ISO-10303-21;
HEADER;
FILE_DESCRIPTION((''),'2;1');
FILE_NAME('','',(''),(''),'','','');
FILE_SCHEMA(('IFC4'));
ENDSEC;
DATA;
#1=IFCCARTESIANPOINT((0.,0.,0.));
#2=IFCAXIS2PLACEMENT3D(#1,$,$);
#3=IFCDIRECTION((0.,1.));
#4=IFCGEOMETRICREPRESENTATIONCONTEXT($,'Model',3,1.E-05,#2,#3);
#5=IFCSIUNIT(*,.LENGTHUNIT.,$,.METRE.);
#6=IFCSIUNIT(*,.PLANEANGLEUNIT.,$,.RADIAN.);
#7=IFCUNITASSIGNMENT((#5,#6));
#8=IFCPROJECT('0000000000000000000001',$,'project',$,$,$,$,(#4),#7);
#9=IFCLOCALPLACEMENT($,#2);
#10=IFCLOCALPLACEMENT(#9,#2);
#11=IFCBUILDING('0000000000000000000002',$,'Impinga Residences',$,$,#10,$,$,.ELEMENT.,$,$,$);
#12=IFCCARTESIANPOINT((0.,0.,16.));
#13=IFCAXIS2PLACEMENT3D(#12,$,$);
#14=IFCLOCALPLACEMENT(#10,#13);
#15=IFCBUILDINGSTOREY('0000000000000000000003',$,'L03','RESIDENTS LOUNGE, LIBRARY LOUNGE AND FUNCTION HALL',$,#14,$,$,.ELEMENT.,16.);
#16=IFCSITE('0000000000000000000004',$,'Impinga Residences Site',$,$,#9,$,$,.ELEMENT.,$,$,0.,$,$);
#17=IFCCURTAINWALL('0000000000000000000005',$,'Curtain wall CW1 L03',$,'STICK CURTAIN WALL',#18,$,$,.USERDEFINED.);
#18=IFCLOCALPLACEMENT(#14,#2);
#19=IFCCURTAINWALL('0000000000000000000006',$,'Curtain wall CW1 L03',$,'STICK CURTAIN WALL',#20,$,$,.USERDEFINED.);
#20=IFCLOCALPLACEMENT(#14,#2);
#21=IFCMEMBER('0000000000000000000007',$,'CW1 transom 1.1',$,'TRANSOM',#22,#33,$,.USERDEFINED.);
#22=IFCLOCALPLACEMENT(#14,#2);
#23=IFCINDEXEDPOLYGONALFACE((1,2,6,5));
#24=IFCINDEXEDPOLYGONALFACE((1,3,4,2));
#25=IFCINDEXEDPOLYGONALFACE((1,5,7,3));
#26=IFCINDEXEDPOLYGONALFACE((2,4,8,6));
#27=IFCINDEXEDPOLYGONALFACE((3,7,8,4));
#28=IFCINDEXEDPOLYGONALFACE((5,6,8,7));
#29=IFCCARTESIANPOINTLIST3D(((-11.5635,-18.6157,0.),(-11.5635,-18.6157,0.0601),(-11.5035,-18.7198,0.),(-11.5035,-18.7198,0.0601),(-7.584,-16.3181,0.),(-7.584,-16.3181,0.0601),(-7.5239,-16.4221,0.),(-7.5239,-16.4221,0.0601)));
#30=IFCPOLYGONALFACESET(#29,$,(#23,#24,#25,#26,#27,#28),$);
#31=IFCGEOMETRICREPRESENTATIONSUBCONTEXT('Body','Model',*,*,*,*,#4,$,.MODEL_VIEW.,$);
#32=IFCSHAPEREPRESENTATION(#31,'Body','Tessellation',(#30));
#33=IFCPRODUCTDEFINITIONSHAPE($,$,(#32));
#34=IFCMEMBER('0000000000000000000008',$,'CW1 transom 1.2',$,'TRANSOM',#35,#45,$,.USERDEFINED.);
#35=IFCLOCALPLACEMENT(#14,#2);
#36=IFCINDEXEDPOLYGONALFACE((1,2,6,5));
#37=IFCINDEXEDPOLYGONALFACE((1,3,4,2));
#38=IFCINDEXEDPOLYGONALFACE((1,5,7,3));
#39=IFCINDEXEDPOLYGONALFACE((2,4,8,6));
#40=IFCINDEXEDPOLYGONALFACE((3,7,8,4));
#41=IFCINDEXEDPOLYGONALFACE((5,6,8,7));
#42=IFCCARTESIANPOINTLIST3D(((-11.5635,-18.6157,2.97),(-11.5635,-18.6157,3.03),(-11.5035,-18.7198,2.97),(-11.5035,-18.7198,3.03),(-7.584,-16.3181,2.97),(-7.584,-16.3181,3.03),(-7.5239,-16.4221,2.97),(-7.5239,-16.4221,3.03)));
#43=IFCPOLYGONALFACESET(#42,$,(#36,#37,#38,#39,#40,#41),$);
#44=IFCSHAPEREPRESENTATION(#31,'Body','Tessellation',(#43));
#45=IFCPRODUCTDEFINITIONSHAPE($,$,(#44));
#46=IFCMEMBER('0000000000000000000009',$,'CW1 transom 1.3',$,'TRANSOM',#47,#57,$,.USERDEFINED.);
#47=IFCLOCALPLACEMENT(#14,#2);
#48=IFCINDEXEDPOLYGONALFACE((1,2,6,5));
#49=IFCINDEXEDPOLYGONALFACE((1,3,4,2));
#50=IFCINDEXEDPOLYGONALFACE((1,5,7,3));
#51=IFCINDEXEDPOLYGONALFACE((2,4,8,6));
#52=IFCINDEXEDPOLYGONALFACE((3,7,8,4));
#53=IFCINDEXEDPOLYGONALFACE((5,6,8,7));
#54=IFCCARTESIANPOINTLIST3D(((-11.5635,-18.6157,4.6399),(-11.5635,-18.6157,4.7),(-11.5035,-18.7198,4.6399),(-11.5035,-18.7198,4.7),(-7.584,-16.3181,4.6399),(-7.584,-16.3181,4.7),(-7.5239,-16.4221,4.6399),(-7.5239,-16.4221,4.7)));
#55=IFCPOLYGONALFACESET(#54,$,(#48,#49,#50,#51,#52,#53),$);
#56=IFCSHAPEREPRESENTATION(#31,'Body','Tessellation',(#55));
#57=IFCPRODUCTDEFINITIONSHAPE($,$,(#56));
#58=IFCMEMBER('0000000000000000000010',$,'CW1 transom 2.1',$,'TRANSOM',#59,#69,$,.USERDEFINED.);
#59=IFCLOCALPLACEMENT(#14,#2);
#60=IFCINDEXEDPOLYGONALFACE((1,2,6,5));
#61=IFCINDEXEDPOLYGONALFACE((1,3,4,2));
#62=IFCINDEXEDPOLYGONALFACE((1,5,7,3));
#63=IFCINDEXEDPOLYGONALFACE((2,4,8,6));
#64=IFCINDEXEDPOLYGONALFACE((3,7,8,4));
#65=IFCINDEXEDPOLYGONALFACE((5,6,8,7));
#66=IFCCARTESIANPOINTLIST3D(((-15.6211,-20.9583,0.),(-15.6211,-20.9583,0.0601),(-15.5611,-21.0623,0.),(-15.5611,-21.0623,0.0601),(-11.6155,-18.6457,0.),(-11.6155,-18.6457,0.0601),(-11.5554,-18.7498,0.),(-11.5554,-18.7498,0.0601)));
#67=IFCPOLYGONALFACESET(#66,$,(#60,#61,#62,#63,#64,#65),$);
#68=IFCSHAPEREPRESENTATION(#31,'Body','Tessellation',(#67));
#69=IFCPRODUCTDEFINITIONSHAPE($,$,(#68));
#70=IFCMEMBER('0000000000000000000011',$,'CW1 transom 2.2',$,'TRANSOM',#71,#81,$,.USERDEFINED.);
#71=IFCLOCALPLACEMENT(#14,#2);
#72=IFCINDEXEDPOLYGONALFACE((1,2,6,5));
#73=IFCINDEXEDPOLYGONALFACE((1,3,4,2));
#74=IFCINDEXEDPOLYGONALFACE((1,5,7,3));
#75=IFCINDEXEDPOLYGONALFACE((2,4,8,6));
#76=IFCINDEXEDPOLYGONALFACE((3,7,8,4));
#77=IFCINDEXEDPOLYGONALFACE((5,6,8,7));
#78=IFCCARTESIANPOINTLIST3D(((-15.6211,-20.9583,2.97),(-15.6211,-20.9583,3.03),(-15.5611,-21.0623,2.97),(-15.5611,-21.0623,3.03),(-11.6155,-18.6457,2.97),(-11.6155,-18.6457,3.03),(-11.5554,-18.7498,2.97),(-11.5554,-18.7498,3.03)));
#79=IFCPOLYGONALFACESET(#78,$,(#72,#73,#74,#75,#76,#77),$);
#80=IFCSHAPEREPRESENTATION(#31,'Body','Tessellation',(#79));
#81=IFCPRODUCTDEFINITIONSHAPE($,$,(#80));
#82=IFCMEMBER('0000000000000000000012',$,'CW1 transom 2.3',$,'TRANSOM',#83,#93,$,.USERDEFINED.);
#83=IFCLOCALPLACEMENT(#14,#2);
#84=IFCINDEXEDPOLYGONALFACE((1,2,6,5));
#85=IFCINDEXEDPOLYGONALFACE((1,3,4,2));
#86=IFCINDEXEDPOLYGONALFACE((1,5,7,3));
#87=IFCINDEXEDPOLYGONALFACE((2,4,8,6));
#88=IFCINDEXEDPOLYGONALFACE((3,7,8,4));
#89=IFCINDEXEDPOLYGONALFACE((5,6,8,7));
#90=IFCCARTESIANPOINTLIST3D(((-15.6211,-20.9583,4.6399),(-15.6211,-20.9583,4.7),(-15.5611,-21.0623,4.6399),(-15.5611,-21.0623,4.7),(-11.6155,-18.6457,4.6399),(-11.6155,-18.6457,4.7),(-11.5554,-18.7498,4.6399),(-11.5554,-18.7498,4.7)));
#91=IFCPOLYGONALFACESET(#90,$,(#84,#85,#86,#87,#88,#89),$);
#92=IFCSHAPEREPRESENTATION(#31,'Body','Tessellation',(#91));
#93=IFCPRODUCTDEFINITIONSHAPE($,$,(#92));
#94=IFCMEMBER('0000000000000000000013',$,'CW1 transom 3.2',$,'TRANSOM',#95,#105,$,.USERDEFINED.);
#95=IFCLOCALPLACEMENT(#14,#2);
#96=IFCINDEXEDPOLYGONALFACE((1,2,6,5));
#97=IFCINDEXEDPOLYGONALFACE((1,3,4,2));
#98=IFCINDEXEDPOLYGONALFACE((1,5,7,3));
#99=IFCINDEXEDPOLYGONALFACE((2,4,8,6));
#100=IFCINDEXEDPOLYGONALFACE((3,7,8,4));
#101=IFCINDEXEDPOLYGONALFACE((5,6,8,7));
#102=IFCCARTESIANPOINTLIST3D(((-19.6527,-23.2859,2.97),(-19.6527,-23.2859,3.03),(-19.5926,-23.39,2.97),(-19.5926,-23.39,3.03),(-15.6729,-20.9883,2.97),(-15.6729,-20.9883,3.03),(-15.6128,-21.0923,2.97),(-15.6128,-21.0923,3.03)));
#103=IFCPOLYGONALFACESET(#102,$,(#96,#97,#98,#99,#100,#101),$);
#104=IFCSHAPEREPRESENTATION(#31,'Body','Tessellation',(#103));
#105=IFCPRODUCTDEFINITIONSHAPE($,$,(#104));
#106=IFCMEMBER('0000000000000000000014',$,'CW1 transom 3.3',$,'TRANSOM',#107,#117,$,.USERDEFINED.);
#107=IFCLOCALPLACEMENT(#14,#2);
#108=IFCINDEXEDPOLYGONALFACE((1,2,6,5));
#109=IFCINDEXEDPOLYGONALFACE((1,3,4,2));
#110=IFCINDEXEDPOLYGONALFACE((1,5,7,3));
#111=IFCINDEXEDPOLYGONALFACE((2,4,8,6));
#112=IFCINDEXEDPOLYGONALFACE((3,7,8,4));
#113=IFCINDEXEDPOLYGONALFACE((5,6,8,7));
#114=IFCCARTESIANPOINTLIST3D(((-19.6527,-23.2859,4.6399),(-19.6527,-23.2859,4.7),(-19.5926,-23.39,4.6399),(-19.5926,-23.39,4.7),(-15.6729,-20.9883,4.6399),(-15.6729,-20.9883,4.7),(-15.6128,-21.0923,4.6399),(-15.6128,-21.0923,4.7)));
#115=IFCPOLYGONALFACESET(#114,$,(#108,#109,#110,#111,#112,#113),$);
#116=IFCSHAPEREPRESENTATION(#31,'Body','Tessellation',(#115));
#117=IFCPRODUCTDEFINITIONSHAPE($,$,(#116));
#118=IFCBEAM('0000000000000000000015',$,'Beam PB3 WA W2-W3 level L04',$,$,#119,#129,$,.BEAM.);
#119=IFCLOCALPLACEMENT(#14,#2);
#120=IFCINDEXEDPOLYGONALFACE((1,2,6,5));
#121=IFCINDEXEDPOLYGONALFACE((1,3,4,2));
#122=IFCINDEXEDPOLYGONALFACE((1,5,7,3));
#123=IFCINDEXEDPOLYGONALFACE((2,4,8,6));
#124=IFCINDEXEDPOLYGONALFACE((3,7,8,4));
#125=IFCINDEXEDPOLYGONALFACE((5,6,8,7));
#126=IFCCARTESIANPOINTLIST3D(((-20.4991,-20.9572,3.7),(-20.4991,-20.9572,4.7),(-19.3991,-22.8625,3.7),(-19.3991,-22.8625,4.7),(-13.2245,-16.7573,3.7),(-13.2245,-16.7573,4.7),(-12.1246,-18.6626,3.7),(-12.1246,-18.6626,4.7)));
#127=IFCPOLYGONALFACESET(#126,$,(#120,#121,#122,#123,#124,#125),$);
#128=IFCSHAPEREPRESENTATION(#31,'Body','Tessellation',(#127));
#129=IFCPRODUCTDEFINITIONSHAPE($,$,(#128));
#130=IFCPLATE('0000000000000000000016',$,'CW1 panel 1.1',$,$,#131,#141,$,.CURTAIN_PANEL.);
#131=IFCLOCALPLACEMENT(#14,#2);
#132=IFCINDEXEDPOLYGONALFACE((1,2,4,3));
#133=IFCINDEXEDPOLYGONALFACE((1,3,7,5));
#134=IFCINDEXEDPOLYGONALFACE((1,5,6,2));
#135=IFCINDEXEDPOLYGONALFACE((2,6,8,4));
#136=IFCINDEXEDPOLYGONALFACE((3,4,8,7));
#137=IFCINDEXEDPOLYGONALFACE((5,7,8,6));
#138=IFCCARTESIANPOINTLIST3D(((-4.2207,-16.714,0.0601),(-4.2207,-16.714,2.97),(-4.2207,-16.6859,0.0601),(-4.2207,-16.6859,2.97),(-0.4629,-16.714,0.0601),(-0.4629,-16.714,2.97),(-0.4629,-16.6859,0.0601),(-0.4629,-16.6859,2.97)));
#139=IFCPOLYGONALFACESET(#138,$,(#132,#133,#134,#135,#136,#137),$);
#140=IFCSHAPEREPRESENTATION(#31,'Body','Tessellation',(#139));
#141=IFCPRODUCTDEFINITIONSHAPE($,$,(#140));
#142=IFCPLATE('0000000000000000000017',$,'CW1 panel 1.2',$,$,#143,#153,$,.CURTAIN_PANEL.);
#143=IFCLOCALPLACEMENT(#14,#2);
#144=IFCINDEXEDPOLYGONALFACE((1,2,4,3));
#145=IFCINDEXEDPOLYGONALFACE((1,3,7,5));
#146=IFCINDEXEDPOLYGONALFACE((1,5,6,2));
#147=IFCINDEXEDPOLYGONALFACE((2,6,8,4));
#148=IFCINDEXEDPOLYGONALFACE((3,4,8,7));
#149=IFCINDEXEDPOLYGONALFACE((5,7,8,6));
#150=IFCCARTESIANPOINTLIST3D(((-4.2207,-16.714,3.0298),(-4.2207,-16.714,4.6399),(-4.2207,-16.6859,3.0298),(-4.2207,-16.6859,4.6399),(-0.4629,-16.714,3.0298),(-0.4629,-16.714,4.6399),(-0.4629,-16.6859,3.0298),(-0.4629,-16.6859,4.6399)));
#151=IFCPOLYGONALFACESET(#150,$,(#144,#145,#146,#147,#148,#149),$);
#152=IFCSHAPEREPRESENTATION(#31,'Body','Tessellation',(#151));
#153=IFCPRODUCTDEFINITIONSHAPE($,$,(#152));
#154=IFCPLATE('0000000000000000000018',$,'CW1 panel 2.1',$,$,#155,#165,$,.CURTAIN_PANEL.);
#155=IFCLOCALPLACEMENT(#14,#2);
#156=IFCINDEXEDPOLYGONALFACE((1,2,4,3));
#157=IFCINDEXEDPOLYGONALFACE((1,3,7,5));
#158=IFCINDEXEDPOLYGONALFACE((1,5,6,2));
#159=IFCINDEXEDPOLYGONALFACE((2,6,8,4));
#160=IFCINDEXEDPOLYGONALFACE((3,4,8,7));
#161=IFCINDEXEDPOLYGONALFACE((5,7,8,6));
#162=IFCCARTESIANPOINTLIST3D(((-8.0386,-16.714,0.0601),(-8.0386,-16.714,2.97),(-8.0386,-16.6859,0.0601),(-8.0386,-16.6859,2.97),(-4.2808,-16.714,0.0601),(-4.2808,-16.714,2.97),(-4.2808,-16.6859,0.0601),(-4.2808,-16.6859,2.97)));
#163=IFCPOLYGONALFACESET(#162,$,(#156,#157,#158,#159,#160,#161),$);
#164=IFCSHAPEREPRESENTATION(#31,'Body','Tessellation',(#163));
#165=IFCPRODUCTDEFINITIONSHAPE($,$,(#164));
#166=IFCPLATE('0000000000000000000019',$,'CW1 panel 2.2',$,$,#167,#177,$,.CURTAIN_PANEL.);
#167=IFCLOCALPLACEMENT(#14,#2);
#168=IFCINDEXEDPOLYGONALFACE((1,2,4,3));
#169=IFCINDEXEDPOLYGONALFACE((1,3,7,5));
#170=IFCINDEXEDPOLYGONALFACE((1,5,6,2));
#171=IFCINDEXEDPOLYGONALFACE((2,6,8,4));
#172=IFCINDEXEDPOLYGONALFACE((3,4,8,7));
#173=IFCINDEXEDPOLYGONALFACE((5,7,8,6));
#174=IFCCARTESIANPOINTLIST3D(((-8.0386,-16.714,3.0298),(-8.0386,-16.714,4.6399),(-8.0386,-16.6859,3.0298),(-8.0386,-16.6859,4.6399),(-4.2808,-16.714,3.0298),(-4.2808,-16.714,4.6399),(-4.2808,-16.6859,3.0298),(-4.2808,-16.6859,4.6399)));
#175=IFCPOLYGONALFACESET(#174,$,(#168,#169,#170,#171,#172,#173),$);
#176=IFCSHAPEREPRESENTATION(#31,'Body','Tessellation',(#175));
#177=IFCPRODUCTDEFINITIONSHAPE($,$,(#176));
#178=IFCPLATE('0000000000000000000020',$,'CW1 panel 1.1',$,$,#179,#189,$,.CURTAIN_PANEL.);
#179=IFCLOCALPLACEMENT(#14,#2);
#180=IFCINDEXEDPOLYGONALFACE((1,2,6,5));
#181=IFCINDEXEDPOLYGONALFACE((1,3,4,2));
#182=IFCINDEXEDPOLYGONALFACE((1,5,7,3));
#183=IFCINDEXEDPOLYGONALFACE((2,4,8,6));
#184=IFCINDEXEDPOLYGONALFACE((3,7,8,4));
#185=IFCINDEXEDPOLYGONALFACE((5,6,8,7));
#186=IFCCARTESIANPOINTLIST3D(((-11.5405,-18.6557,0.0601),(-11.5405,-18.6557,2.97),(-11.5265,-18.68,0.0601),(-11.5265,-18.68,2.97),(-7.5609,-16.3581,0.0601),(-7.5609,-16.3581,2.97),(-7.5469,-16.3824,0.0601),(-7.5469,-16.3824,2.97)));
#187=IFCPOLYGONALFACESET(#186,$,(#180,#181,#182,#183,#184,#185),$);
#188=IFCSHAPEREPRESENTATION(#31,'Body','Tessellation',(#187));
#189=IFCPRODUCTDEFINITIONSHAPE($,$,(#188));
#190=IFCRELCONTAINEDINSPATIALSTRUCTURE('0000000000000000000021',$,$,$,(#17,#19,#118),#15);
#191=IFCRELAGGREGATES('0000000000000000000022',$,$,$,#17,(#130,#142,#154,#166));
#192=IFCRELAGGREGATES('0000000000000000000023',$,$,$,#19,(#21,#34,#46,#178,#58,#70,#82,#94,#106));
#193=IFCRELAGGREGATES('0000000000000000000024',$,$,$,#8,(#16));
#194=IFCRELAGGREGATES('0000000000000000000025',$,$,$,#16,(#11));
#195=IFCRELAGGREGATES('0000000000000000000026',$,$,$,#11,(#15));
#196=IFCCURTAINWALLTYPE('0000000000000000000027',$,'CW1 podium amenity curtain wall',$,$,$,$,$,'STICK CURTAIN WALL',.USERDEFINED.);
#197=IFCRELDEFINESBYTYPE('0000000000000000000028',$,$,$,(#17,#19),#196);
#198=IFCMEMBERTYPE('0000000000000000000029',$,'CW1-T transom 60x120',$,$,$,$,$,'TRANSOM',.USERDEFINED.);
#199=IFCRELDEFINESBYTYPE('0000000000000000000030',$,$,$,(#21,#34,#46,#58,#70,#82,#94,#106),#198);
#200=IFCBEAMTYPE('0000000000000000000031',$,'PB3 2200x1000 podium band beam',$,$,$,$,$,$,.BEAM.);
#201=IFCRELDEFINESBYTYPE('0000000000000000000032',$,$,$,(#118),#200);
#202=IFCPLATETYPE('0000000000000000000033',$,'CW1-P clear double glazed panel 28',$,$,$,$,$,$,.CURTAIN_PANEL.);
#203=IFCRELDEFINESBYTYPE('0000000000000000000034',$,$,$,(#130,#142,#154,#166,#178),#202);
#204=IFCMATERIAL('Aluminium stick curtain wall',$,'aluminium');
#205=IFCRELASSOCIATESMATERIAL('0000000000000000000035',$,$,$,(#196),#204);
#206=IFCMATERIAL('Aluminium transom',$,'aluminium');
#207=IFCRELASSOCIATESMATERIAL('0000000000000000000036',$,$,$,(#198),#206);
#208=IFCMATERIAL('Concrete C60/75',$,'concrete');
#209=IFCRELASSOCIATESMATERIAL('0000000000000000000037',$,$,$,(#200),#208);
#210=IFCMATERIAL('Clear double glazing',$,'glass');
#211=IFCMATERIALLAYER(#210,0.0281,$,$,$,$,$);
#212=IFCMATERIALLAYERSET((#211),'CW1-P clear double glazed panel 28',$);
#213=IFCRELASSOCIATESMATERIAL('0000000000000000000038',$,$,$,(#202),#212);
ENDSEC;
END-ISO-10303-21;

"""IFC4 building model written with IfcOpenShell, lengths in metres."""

from ifc_helpers import new_model, si_unit, direction, frame, origin, origin_2d, place, context, subcontext, project, spatial, rectangle, extrude, material, layer, layer_set, material_profile, profile_set, type_object, element, aggregate, save


model = new_model("IFC4")

# Units and contexts
model_context = context("Model", 3, precision=1e-05, world=origin(), true_north=direction((0.0, 1.0)))
body_context = subcontext(model_context, "Body", "Model", "MODEL_VIEW")
ifc_project = project(units=[si_unit("LENGTHUNIT", "METRE"), si_unit("PLANEANGLEUNIT", "RADIAN")], contexts=[model_context])

# Site, building, storey
site_placement = place(None, origin())
site = spatial("IfcSite", under=ifc_project, at=site_placement, Name="Impinga Residences Site", CompositionType="ELEMENT", RefElevation=0.0)
building_placement = place(site_placement, origin())
building = spatial("IfcBuilding", under=site, at=building_placement, Name="Impinga Residences", CompositionType="ELEMENT")
storey_placement = place(building_placement, frame((0.0, 0.0, 16.0)))
storey = spatial("IfcBuildingStorey", under=building, at=storey_placement, Name="L03", Description="RESIDENTS LOUNGE, LIBRARY LOUNGE AND FUNCTION HALL", CompositionType="ELEMENT", Elevation=16.0)

# Curtain walls
ifc_material_1 = material(Name="Aluminium stick curtain wall", Category="aluminium")
curtain_wall_type = type_object("IfcCurtainWallType", Name="CW1 podium amenity curtain wall", ElementType="STICK CURTAIN WALL", PredefinedType="USERDEFINED", material=ifc_material_1)
curtain_wall_1_placement = place(storey_placement, origin())
curtain_wall_1 = element("IfcCurtainWall", 1, at=curtain_wall_1_placement, inside=storey, type_object=curtain_wall_type, Name="Curtain wall CW1 L03", ObjectType="STICK CURTAIN WALL", PredefinedType="USERDEFINED")
curtain_wall_2_placement = place(storey_placement, origin())
curtain_wall_2 = element("IfcCurtainWall", 2, at=curtain_wall_2_placement, inside=storey, type_object=curtain_wall_type, Name="Curtain wall CW1 L03", ObjectType="STICK CURTAIN WALL", PredefinedType="USERDEFINED")

# Members
ifc_material_2 = material(Name="Aluminium transom", Category="aluminium")
ifc_material_profile_1 = material_profile(ifc_material_2, rectangle(XDim=0.0601, YDim=0.1201, at=origin_2d()), Name="60x120 transom")
ifc_profile_set_1 = profile_set([ifc_material_profile_1], Name="Aluminium transom")
member_type_1 = type_object("IfcMemberType", Name="CW1-T transom 60x120", ElementType="TRANSOM", PredefinedType="USERDEFINED", material=ifc_profile_set_1)
member_1_placement = place(storey_placement, frame((-7.554, -16.3701, 0.03), z_axis=(-0.866021, -0.500008, 0.0), x_axis=(0.0, 0.0, 1.0)))
member_1 = element("IfcMember", 3, at=member_1_placement, type_object=member_type_1, Name="CW1 transom 1.1", ObjectType="TRANSOM", PredefinedType="USERDEFINED", context=body_context, shape_type="SweptSolid", body=[
    extrude(rectangle(XDim=0.0601, YDim=0.1201, at=origin_2d()), origin(), (0.0, 0.0, 1.0), 4.5952),
])
member_2_placement = place(storey_placement, frame((-7.554, -16.3701, 3.0), z_axis=(-0.866021, -0.500008, 0.0), x_axis=(0.0, 0.0, 1.0)))
member_2 = element("IfcMember", 4, at=member_2_placement, type_object=member_type_1, Name="CW1 transom 1.2", ObjectType="TRANSOM", PredefinedType="USERDEFINED", context=body_context, shape_type="SweptSolid", body=[
    extrude(rectangle(XDim=0.0601, YDim=0.1201, at=origin_2d()), origin(), (0.0, 0.0, 1.0), 4.5952),
])
member_3_placement = place(storey_placement, frame((-7.554, -16.3701, 4.6699), z_axis=(-0.866021, -0.500008, 0.0), x_axis=(0.0, 0.0, 1.0)))
member_3 = element("IfcMember", 5, at=member_3_placement, type_object=member_type_1, Name="CW1 transom 1.3", ObjectType="TRANSOM", PredefinedType="USERDEFINED", context=body_context, shape_type="SweptSolid", body=[
    extrude(rectangle(XDim=0.0601, YDim=0.1201, at=origin_2d()), origin(), (0.0, 0.0, 1.0), 4.5952),
])
member_4_placement = place(storey_placement, frame((-11.5854, -18.6978, 0.03), z_axis=(-0.866039, -0.499977, 0.0), x_axis=(0.0, 0.0, 1.0)))
member_4 = element("IfcMember", 6, at=member_4_placement, type_object=member_type_1, Name="CW1 transom 2.1", ObjectType="TRANSOM", PredefinedType="USERDEFINED", context=body_context, shape_type="SweptSolid", body=[
    extrude(rectangle(XDim=0.0601, YDim=0.1201, at=origin_2d()), origin(), (0.0, 0.0, 1.0), 4.6252),
])
member_5_placement = place(storey_placement, frame((-11.5854, -18.6978, 3.0), z_axis=(-0.866039, -0.499977, 0.0), x_axis=(0.0, 0.0, 1.0)))
member_5 = element("IfcMember", 7, at=member_5_placement, type_object=member_type_1, Name="CW1 transom 2.2", ObjectType="TRANSOM", PredefinedType="USERDEFINED", context=body_context, shape_type="SweptSolid", body=[
    extrude(rectangle(XDim=0.0601, YDim=0.1201, at=origin_2d()), origin(), (0.0, 0.0, 1.0), 4.6252),
])
member_6_placement = place(storey_placement, frame((-11.5854, -18.6978, 4.6699), z_axis=(-0.866039, -0.499977, 0.0), x_axis=(0.0, 0.0, 1.0)))
member_6 = element("IfcMember", 8, at=member_6_placement, type_object=member_type_1, Name="CW1 transom 2.3", ObjectType="TRANSOM", PredefinedType="USERDEFINED", context=body_context, shape_type="SweptSolid", body=[
    extrude(rectangle(XDim=0.0601, YDim=0.1201, at=origin_2d()), origin(), (0.0, 0.0, 1.0), 4.6252),
])
member_7_placement = place(storey_placement, frame((-15.6428, -21.0403, 3.0), z_axis=(-0.866034, -0.499985, 0.0), x_axis=(0.0, 0.0, 1.0)))
member_7 = element("IfcMember", 9, at=member_7_placement, type_object=member_type_1, Name="CW1 transom 3.2", ObjectType="TRANSOM", PredefinedType="USERDEFINED", context=body_context, shape_type="SweptSolid", body=[
    extrude(rectangle(XDim=0.0601, YDim=0.1201, at=origin_2d()), origin(), (0.0, 0.0, 1.0), 4.5955),
])
member_8_placement = place(storey_placement, frame((-15.6428, -21.0403, 4.6699), z_axis=(-0.866034, -0.499985, 0.0), x_axis=(0.0, 0.0, 1.0)))
member_8 = element("IfcMember", 10, at=member_8_placement, type_object=member_type_1, Name="CW1 transom 3.3", ObjectType="TRANSOM", PredefinedType="USERDEFINED", context=body_context, shape_type="SweptSolid", body=[
    extrude(rectangle(XDim=0.0601, YDim=0.1201, at=origin_2d()), origin(), (0.0, 0.0, 1.0), 4.5955),
])

# Beam
ifc_material_3 = material(Name="Concrete C60/75", Category="concrete")
ifc_material_profile_2 = material_profile(ifc_material_3, rectangle(XDim=2.2, YDim=1.0, at=origin_2d()), Name="RC 2200x1000")
ifc_profile_set_2 = profile_set([ifc_material_profile_2], Name="Concrete C60/75")
beam_type = type_object("IfcBeamType", Name="PB3 2200x1000 podium band beam", PredefinedType="BEAM", material=ifc_profile_set_2)
beam_placement = place(storey_placement, frame((-12.6746, -17.71, 4.2), z_axis=(-0.866029, -0.499993, 0.0), x_axis=(0.499993, -0.866029, 0.0)))
element("IfcBeam", 11, at=beam_placement, inside=storey, type_object=beam_type, Name="Beam PB3 WA W2-W3 level L04", PredefinedType="BEAM", context=body_context, shape_type="SweptSolid", body=[
    extrude(rectangle(XDim=2.2, YDim=1.0, at=origin_2d()), origin(), (0.0, 0.0, 1.0), 8.3999),
])

# Plates
ifc_material_4 = material(Name="Clear double glazing", Category="glass")
ifc_layer = layer(ifc_material_4, 0.0281)
ifc_layer_set = layer_set([ifc_layer], Name="CW1-P clear double glazed panel 28")
plate_type = type_object("IfcPlateType", Name="CW1-P clear double glazed panel 28", PredefinedType="CURTAIN_PANEL", material=ifc_layer_set)
plate_1_placement = place(storey_placement, frame((-2.3418, -16.7, 0.0601), z_axis=(0.0, 0.0, 1.0), x_axis=(-1.0, 0.0, 0.0)))
plate_1 = element("IfcPlate", 12, at=plate_1_placement, type_object=plate_type, Name="CW1 panel 1.1", PredefinedType="CURTAIN_PANEL", context=body_context, shape_type="SweptSolid", body=[
    extrude(rectangle(XDim=3.7578, YDim=0.0281, at=origin_2d()), origin(), (0.0, 0.0, 1.0), 2.9099),
])
plate_2_placement = place(storey_placement, frame((-2.3418, -16.7, 3.0298), z_axis=(0.0, 0.0, 1.0), x_axis=(-1.0, 0.0, 0.0)))
plate_2 = element("IfcPlate", 13, at=plate_2_placement, type_object=plate_type, Name="CW1 panel 1.2", PredefinedType="CURTAIN_PANEL", context=body_context, shape_type="SweptSolid", body=[
    extrude(rectangle(XDim=3.7578, YDim=0.0281, at=origin_2d()), origin(), (0.0, 0.0, 1.0), 1.6101),
])
plate_3_placement = place(storey_placement, frame((-6.1597, -16.7, 0.0601), z_axis=(0.0, 0.0, 1.0), x_axis=(-1.0, 0.0, 0.0)))
plate_3 = element("IfcPlate", 14, at=plate_3_placement, type_object=plate_type, Name="CW1 panel 2.1", PredefinedType="CURTAIN_PANEL", context=body_context, shape_type="SweptSolid", body=[
    extrude(rectangle(XDim=3.7578, YDim=0.0281, at=origin_2d()), origin(), (0.0, 0.0, 1.0), 2.9099),
])
plate_4_placement = place(storey_placement, frame((-6.1597, -16.7, 3.0298), z_axis=(0.0, 0.0, 1.0), x_axis=(-1.0, 0.0, 0.0)))
plate_4 = element("IfcPlate", 15, at=plate_4_placement, type_object=plate_type, Name="CW1 panel 2.2", PredefinedType="CURTAIN_PANEL", context=body_context, shape_type="SweptSolid", body=[
    extrude(rectangle(XDim=3.7578, YDim=0.0281, at=origin_2d()), origin(), (0.0, 0.0, 1.0), 1.6101),
])
aggregate(curtain_wall_1, [plate_1, plate_2, plate_3, plate_4])
plate_5_placement = place(storey_placement, frame((-9.5437, -17.519, 0.0601), z_axis=(0.0, 0.0, 1.0), x_axis=(-0.866025, -0.5, 0.0)))
plate_5 = element("IfcPlate", 16, at=plate_5_placement, type_object=plate_type, Name="CW1 panel 1.1", PredefinedType="CURTAIN_PANEL", context=body_context, shape_type="SweptSolid", body=[
    extrude(rectangle(XDim=4.5952, YDim=0.0281, at=origin_2d()), origin(), (0.0, 0.0, 1.0), 2.9099),
])
aggregate(curtain_wall_2, [member_1, member_2, member_3, plate_5, member_4, member_5, member_6, member_7, member_8])

save(model, "model.ifc")
